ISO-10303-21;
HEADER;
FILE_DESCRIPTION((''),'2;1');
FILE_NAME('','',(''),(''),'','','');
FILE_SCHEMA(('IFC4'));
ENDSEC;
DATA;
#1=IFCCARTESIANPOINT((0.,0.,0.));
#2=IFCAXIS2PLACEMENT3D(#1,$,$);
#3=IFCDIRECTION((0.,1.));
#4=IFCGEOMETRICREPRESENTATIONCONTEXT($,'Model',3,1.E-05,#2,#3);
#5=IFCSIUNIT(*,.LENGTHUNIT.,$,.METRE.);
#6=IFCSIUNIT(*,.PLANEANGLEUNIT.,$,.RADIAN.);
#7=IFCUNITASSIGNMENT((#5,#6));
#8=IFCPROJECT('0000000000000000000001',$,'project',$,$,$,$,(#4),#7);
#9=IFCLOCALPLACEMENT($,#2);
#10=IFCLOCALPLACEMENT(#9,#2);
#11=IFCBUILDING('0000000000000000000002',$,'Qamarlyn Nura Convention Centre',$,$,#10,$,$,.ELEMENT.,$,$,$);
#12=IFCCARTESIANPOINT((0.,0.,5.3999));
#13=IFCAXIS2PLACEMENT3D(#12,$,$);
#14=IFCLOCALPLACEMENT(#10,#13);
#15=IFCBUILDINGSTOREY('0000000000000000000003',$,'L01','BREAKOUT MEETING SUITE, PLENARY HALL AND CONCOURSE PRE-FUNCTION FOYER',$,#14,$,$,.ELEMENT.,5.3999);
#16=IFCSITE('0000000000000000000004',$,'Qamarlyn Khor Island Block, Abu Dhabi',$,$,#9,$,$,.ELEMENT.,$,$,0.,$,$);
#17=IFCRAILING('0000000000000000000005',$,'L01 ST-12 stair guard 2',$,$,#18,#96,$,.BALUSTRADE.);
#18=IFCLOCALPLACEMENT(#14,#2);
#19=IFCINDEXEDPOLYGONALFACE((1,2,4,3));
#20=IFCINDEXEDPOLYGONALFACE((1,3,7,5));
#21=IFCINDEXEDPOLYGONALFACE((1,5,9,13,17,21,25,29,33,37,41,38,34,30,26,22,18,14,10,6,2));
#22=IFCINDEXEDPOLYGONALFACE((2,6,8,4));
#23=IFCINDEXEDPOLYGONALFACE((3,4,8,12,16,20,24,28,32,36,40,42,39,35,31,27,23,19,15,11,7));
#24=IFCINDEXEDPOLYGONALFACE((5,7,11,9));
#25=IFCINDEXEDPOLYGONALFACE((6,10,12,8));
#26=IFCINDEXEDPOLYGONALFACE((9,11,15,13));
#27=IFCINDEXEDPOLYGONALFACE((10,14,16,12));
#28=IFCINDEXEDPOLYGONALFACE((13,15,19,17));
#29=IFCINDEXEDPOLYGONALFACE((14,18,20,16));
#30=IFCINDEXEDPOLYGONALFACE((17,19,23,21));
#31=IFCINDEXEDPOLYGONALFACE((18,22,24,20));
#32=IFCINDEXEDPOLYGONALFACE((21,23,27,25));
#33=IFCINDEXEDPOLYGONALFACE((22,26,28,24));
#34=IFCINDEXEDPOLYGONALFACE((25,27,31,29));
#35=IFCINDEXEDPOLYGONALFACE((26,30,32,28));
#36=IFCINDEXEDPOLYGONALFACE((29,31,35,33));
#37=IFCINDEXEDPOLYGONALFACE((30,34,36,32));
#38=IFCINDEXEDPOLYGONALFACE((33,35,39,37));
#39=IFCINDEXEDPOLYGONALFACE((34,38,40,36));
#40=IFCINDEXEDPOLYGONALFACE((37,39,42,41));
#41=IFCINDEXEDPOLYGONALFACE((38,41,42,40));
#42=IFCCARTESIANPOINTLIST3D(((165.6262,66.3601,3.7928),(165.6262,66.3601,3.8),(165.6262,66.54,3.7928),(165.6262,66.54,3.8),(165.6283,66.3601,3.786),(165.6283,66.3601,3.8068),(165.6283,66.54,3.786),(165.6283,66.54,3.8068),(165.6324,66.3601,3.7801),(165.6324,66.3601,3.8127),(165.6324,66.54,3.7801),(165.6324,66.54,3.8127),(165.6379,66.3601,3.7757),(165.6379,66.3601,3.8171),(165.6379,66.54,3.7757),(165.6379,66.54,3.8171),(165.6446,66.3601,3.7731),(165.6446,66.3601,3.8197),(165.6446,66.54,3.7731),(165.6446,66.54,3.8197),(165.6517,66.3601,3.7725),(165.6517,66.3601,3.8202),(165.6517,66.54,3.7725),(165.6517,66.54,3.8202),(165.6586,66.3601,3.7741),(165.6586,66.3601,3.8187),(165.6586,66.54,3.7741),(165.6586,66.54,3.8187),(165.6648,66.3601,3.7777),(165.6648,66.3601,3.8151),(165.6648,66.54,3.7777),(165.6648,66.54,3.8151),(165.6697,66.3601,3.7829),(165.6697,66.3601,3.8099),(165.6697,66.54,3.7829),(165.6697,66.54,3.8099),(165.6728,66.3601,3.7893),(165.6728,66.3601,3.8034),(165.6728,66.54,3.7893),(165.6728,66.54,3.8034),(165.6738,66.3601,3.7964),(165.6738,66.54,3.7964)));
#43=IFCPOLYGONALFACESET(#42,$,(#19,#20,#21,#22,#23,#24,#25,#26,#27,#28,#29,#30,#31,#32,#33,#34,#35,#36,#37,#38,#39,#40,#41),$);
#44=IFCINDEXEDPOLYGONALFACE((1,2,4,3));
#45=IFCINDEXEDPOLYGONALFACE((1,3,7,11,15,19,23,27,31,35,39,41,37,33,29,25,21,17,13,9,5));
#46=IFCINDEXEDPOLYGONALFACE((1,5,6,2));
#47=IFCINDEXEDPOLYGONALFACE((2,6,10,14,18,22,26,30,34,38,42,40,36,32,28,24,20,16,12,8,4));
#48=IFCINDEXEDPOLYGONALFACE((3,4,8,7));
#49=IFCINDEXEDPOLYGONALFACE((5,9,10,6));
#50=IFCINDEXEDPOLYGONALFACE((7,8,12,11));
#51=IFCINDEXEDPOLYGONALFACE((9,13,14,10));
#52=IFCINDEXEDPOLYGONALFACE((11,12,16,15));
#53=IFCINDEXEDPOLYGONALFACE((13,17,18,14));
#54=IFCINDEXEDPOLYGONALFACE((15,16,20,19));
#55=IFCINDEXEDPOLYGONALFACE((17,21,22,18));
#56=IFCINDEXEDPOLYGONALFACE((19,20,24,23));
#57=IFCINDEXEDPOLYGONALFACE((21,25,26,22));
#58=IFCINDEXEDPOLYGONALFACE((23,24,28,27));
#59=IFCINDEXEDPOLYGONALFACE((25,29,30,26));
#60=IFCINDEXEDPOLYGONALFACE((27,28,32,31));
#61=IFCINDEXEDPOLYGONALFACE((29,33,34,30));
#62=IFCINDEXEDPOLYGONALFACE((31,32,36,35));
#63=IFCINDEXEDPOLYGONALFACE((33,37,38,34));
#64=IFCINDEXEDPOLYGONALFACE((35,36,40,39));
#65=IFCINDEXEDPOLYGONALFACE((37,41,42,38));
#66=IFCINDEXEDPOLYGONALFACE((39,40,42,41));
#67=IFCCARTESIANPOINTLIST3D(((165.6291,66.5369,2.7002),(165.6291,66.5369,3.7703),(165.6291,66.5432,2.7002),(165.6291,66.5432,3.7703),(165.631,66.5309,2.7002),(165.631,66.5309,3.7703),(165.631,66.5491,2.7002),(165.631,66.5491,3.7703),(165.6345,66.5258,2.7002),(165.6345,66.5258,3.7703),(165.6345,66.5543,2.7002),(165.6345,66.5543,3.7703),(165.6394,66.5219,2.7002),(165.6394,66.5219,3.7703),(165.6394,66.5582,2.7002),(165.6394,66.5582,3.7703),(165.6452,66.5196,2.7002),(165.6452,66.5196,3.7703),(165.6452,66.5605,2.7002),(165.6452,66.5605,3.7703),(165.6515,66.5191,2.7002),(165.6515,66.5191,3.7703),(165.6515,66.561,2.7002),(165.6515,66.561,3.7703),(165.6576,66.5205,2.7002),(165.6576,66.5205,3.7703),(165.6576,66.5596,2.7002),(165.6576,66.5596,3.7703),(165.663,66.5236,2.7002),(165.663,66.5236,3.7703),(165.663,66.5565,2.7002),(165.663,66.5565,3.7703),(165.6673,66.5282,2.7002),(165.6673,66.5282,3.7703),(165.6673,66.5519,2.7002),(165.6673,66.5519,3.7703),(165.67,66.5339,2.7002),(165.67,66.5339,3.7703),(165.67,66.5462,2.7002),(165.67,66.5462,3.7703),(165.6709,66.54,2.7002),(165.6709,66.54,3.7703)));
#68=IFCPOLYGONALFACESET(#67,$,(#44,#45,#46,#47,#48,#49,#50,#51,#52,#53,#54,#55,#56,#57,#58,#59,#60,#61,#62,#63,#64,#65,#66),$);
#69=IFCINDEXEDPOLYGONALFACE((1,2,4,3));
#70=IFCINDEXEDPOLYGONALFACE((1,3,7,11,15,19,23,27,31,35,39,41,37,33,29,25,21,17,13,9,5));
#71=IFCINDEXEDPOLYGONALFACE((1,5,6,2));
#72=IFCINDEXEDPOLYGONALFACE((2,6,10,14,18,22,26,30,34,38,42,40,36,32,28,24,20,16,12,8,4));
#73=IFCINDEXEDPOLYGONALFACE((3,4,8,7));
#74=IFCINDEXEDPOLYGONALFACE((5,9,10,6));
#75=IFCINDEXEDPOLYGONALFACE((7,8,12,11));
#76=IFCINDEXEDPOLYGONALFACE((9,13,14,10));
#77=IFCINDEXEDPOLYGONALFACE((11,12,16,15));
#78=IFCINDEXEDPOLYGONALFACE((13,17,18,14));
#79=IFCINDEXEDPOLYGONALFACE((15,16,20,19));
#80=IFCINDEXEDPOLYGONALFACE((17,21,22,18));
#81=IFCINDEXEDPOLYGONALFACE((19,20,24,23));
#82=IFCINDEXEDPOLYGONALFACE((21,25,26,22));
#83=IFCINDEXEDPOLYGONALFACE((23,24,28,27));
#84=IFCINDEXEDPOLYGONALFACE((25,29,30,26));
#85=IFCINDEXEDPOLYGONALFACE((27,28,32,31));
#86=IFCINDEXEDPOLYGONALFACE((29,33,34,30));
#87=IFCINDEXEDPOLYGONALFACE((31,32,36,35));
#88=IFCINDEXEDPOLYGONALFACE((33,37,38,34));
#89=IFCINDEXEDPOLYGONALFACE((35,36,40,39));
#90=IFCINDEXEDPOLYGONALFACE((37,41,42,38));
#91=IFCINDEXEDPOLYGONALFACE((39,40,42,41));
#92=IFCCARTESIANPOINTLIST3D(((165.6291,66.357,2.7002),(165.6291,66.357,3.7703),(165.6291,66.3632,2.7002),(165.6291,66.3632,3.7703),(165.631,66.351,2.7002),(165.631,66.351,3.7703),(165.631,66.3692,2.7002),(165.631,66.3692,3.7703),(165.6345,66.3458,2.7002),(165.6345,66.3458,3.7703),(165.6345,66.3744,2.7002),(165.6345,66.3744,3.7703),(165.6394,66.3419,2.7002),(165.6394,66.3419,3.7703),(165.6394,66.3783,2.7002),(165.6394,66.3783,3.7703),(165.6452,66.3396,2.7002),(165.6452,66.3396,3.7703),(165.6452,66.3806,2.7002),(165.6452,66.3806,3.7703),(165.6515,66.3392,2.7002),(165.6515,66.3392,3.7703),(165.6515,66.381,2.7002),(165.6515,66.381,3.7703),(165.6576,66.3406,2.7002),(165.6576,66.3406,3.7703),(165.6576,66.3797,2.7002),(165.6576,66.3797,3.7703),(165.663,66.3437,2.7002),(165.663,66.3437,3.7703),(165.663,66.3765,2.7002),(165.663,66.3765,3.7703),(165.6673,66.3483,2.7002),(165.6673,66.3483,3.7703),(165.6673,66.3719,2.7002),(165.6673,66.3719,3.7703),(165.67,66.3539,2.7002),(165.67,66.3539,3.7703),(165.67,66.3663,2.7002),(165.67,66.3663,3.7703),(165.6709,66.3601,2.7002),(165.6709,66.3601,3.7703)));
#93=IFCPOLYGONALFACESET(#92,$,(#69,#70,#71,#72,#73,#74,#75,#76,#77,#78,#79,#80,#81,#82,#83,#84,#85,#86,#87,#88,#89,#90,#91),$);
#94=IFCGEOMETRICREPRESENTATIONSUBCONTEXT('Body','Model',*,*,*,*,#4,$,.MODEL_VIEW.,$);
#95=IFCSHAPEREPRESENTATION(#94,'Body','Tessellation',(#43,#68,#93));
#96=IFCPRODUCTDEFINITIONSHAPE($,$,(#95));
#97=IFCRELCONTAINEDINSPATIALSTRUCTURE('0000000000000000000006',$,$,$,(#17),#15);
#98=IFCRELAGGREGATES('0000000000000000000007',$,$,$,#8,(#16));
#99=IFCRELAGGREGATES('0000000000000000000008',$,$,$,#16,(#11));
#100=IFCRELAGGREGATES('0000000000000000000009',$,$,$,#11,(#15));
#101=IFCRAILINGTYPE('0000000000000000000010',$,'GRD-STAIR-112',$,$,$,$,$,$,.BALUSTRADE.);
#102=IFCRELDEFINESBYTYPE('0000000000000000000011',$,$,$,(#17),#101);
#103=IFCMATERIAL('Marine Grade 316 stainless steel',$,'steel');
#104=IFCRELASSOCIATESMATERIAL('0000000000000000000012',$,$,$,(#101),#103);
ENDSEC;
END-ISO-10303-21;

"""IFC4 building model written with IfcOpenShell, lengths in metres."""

from ifc_helpers import new_model, si_unit, direction, frame, origin, origin_2d, place, context, subcontext, project, spatial, circle, extrude, material, type_object, element, save


model = new_model("IFC4")

# Units and contexts
model_context = context("Model", 3, precision=1e-05, world=origin(), true_north=direction((0.0, 1.0)))
body_context = subcontext(model_context, "Body", "Model", "MODEL_VIEW")
ifc_project = project(units=[si_unit("LENGTHUNIT", "METRE"), si_unit("PLANEANGLEUNIT", "RADIAN")], contexts=[model_context])

# Site, building, storey
site_placement = place(None, origin())
site = spatial("IfcSite", under=ifc_project, at=site_placement, Name="Qamarlyn Khor Island Block, Abu Dhabi", CompositionType="ELEMENT", RefElevation=0.0)
building_placement = place(site_placement, origin())
building = spatial("IfcBuilding", under=site, at=building_placement, Name="Qamarlyn Nura Convention Centre", CompositionType="ELEMENT")
storey_placement = place(building_placement, frame((0.0, 0.0, 5.3999)))
storey = spatial("IfcBuildingStorey", under=building, at=storey_placement, Name="L01", Description="BREAKOUT MEETING SUITE, PLENARY HALL AND CONCOURSE PRE-FUNCTION FOYER", CompositionType="ELEMENT", Elevation=5.3999)

# Railing
ifc_material_1 = material(Name="Marine Grade 316 stainless steel", Category="steel")
railing_type_1 = type_object("IfcRailingType", Name="GRD-STAIR-112", PredefinedType="BALUSTRADE", material=ifc_material_1)
railing_1_placement = place(storey_placement, frame((165.6499, 66.54, 2.7002)))
element("IfcRailing", 1, at=railing_1_placement, inside=storey, type_object=railing_type_1, Name="L01 ST-12 stair guard 2", PredefinedType="BALUSTRADE", context=body_context, shape_type="SweptSolid", body=[
    extrude(circle(Radius=0.0239, at=origin_2d()), frame((0.0, 0.0, 1.0962), z_axis=(0.0, -1.0, 0.0), x_axis=(1.0, 0.0, 0.0)), (0.0, 0.0, 1.0), 0.1799),
    extrude(circle(Radius=0.021, at=origin_2d()), origin(), (0.0, 0.0, 1.0), 1.0701),
    extrude(circle(Radius=0.021, at=origin_2d()), frame((0.0, -0.1799, 0.0)), (0.0, 0.0, 1.0), 1.0701),
])

save(model, "model.ifc")
